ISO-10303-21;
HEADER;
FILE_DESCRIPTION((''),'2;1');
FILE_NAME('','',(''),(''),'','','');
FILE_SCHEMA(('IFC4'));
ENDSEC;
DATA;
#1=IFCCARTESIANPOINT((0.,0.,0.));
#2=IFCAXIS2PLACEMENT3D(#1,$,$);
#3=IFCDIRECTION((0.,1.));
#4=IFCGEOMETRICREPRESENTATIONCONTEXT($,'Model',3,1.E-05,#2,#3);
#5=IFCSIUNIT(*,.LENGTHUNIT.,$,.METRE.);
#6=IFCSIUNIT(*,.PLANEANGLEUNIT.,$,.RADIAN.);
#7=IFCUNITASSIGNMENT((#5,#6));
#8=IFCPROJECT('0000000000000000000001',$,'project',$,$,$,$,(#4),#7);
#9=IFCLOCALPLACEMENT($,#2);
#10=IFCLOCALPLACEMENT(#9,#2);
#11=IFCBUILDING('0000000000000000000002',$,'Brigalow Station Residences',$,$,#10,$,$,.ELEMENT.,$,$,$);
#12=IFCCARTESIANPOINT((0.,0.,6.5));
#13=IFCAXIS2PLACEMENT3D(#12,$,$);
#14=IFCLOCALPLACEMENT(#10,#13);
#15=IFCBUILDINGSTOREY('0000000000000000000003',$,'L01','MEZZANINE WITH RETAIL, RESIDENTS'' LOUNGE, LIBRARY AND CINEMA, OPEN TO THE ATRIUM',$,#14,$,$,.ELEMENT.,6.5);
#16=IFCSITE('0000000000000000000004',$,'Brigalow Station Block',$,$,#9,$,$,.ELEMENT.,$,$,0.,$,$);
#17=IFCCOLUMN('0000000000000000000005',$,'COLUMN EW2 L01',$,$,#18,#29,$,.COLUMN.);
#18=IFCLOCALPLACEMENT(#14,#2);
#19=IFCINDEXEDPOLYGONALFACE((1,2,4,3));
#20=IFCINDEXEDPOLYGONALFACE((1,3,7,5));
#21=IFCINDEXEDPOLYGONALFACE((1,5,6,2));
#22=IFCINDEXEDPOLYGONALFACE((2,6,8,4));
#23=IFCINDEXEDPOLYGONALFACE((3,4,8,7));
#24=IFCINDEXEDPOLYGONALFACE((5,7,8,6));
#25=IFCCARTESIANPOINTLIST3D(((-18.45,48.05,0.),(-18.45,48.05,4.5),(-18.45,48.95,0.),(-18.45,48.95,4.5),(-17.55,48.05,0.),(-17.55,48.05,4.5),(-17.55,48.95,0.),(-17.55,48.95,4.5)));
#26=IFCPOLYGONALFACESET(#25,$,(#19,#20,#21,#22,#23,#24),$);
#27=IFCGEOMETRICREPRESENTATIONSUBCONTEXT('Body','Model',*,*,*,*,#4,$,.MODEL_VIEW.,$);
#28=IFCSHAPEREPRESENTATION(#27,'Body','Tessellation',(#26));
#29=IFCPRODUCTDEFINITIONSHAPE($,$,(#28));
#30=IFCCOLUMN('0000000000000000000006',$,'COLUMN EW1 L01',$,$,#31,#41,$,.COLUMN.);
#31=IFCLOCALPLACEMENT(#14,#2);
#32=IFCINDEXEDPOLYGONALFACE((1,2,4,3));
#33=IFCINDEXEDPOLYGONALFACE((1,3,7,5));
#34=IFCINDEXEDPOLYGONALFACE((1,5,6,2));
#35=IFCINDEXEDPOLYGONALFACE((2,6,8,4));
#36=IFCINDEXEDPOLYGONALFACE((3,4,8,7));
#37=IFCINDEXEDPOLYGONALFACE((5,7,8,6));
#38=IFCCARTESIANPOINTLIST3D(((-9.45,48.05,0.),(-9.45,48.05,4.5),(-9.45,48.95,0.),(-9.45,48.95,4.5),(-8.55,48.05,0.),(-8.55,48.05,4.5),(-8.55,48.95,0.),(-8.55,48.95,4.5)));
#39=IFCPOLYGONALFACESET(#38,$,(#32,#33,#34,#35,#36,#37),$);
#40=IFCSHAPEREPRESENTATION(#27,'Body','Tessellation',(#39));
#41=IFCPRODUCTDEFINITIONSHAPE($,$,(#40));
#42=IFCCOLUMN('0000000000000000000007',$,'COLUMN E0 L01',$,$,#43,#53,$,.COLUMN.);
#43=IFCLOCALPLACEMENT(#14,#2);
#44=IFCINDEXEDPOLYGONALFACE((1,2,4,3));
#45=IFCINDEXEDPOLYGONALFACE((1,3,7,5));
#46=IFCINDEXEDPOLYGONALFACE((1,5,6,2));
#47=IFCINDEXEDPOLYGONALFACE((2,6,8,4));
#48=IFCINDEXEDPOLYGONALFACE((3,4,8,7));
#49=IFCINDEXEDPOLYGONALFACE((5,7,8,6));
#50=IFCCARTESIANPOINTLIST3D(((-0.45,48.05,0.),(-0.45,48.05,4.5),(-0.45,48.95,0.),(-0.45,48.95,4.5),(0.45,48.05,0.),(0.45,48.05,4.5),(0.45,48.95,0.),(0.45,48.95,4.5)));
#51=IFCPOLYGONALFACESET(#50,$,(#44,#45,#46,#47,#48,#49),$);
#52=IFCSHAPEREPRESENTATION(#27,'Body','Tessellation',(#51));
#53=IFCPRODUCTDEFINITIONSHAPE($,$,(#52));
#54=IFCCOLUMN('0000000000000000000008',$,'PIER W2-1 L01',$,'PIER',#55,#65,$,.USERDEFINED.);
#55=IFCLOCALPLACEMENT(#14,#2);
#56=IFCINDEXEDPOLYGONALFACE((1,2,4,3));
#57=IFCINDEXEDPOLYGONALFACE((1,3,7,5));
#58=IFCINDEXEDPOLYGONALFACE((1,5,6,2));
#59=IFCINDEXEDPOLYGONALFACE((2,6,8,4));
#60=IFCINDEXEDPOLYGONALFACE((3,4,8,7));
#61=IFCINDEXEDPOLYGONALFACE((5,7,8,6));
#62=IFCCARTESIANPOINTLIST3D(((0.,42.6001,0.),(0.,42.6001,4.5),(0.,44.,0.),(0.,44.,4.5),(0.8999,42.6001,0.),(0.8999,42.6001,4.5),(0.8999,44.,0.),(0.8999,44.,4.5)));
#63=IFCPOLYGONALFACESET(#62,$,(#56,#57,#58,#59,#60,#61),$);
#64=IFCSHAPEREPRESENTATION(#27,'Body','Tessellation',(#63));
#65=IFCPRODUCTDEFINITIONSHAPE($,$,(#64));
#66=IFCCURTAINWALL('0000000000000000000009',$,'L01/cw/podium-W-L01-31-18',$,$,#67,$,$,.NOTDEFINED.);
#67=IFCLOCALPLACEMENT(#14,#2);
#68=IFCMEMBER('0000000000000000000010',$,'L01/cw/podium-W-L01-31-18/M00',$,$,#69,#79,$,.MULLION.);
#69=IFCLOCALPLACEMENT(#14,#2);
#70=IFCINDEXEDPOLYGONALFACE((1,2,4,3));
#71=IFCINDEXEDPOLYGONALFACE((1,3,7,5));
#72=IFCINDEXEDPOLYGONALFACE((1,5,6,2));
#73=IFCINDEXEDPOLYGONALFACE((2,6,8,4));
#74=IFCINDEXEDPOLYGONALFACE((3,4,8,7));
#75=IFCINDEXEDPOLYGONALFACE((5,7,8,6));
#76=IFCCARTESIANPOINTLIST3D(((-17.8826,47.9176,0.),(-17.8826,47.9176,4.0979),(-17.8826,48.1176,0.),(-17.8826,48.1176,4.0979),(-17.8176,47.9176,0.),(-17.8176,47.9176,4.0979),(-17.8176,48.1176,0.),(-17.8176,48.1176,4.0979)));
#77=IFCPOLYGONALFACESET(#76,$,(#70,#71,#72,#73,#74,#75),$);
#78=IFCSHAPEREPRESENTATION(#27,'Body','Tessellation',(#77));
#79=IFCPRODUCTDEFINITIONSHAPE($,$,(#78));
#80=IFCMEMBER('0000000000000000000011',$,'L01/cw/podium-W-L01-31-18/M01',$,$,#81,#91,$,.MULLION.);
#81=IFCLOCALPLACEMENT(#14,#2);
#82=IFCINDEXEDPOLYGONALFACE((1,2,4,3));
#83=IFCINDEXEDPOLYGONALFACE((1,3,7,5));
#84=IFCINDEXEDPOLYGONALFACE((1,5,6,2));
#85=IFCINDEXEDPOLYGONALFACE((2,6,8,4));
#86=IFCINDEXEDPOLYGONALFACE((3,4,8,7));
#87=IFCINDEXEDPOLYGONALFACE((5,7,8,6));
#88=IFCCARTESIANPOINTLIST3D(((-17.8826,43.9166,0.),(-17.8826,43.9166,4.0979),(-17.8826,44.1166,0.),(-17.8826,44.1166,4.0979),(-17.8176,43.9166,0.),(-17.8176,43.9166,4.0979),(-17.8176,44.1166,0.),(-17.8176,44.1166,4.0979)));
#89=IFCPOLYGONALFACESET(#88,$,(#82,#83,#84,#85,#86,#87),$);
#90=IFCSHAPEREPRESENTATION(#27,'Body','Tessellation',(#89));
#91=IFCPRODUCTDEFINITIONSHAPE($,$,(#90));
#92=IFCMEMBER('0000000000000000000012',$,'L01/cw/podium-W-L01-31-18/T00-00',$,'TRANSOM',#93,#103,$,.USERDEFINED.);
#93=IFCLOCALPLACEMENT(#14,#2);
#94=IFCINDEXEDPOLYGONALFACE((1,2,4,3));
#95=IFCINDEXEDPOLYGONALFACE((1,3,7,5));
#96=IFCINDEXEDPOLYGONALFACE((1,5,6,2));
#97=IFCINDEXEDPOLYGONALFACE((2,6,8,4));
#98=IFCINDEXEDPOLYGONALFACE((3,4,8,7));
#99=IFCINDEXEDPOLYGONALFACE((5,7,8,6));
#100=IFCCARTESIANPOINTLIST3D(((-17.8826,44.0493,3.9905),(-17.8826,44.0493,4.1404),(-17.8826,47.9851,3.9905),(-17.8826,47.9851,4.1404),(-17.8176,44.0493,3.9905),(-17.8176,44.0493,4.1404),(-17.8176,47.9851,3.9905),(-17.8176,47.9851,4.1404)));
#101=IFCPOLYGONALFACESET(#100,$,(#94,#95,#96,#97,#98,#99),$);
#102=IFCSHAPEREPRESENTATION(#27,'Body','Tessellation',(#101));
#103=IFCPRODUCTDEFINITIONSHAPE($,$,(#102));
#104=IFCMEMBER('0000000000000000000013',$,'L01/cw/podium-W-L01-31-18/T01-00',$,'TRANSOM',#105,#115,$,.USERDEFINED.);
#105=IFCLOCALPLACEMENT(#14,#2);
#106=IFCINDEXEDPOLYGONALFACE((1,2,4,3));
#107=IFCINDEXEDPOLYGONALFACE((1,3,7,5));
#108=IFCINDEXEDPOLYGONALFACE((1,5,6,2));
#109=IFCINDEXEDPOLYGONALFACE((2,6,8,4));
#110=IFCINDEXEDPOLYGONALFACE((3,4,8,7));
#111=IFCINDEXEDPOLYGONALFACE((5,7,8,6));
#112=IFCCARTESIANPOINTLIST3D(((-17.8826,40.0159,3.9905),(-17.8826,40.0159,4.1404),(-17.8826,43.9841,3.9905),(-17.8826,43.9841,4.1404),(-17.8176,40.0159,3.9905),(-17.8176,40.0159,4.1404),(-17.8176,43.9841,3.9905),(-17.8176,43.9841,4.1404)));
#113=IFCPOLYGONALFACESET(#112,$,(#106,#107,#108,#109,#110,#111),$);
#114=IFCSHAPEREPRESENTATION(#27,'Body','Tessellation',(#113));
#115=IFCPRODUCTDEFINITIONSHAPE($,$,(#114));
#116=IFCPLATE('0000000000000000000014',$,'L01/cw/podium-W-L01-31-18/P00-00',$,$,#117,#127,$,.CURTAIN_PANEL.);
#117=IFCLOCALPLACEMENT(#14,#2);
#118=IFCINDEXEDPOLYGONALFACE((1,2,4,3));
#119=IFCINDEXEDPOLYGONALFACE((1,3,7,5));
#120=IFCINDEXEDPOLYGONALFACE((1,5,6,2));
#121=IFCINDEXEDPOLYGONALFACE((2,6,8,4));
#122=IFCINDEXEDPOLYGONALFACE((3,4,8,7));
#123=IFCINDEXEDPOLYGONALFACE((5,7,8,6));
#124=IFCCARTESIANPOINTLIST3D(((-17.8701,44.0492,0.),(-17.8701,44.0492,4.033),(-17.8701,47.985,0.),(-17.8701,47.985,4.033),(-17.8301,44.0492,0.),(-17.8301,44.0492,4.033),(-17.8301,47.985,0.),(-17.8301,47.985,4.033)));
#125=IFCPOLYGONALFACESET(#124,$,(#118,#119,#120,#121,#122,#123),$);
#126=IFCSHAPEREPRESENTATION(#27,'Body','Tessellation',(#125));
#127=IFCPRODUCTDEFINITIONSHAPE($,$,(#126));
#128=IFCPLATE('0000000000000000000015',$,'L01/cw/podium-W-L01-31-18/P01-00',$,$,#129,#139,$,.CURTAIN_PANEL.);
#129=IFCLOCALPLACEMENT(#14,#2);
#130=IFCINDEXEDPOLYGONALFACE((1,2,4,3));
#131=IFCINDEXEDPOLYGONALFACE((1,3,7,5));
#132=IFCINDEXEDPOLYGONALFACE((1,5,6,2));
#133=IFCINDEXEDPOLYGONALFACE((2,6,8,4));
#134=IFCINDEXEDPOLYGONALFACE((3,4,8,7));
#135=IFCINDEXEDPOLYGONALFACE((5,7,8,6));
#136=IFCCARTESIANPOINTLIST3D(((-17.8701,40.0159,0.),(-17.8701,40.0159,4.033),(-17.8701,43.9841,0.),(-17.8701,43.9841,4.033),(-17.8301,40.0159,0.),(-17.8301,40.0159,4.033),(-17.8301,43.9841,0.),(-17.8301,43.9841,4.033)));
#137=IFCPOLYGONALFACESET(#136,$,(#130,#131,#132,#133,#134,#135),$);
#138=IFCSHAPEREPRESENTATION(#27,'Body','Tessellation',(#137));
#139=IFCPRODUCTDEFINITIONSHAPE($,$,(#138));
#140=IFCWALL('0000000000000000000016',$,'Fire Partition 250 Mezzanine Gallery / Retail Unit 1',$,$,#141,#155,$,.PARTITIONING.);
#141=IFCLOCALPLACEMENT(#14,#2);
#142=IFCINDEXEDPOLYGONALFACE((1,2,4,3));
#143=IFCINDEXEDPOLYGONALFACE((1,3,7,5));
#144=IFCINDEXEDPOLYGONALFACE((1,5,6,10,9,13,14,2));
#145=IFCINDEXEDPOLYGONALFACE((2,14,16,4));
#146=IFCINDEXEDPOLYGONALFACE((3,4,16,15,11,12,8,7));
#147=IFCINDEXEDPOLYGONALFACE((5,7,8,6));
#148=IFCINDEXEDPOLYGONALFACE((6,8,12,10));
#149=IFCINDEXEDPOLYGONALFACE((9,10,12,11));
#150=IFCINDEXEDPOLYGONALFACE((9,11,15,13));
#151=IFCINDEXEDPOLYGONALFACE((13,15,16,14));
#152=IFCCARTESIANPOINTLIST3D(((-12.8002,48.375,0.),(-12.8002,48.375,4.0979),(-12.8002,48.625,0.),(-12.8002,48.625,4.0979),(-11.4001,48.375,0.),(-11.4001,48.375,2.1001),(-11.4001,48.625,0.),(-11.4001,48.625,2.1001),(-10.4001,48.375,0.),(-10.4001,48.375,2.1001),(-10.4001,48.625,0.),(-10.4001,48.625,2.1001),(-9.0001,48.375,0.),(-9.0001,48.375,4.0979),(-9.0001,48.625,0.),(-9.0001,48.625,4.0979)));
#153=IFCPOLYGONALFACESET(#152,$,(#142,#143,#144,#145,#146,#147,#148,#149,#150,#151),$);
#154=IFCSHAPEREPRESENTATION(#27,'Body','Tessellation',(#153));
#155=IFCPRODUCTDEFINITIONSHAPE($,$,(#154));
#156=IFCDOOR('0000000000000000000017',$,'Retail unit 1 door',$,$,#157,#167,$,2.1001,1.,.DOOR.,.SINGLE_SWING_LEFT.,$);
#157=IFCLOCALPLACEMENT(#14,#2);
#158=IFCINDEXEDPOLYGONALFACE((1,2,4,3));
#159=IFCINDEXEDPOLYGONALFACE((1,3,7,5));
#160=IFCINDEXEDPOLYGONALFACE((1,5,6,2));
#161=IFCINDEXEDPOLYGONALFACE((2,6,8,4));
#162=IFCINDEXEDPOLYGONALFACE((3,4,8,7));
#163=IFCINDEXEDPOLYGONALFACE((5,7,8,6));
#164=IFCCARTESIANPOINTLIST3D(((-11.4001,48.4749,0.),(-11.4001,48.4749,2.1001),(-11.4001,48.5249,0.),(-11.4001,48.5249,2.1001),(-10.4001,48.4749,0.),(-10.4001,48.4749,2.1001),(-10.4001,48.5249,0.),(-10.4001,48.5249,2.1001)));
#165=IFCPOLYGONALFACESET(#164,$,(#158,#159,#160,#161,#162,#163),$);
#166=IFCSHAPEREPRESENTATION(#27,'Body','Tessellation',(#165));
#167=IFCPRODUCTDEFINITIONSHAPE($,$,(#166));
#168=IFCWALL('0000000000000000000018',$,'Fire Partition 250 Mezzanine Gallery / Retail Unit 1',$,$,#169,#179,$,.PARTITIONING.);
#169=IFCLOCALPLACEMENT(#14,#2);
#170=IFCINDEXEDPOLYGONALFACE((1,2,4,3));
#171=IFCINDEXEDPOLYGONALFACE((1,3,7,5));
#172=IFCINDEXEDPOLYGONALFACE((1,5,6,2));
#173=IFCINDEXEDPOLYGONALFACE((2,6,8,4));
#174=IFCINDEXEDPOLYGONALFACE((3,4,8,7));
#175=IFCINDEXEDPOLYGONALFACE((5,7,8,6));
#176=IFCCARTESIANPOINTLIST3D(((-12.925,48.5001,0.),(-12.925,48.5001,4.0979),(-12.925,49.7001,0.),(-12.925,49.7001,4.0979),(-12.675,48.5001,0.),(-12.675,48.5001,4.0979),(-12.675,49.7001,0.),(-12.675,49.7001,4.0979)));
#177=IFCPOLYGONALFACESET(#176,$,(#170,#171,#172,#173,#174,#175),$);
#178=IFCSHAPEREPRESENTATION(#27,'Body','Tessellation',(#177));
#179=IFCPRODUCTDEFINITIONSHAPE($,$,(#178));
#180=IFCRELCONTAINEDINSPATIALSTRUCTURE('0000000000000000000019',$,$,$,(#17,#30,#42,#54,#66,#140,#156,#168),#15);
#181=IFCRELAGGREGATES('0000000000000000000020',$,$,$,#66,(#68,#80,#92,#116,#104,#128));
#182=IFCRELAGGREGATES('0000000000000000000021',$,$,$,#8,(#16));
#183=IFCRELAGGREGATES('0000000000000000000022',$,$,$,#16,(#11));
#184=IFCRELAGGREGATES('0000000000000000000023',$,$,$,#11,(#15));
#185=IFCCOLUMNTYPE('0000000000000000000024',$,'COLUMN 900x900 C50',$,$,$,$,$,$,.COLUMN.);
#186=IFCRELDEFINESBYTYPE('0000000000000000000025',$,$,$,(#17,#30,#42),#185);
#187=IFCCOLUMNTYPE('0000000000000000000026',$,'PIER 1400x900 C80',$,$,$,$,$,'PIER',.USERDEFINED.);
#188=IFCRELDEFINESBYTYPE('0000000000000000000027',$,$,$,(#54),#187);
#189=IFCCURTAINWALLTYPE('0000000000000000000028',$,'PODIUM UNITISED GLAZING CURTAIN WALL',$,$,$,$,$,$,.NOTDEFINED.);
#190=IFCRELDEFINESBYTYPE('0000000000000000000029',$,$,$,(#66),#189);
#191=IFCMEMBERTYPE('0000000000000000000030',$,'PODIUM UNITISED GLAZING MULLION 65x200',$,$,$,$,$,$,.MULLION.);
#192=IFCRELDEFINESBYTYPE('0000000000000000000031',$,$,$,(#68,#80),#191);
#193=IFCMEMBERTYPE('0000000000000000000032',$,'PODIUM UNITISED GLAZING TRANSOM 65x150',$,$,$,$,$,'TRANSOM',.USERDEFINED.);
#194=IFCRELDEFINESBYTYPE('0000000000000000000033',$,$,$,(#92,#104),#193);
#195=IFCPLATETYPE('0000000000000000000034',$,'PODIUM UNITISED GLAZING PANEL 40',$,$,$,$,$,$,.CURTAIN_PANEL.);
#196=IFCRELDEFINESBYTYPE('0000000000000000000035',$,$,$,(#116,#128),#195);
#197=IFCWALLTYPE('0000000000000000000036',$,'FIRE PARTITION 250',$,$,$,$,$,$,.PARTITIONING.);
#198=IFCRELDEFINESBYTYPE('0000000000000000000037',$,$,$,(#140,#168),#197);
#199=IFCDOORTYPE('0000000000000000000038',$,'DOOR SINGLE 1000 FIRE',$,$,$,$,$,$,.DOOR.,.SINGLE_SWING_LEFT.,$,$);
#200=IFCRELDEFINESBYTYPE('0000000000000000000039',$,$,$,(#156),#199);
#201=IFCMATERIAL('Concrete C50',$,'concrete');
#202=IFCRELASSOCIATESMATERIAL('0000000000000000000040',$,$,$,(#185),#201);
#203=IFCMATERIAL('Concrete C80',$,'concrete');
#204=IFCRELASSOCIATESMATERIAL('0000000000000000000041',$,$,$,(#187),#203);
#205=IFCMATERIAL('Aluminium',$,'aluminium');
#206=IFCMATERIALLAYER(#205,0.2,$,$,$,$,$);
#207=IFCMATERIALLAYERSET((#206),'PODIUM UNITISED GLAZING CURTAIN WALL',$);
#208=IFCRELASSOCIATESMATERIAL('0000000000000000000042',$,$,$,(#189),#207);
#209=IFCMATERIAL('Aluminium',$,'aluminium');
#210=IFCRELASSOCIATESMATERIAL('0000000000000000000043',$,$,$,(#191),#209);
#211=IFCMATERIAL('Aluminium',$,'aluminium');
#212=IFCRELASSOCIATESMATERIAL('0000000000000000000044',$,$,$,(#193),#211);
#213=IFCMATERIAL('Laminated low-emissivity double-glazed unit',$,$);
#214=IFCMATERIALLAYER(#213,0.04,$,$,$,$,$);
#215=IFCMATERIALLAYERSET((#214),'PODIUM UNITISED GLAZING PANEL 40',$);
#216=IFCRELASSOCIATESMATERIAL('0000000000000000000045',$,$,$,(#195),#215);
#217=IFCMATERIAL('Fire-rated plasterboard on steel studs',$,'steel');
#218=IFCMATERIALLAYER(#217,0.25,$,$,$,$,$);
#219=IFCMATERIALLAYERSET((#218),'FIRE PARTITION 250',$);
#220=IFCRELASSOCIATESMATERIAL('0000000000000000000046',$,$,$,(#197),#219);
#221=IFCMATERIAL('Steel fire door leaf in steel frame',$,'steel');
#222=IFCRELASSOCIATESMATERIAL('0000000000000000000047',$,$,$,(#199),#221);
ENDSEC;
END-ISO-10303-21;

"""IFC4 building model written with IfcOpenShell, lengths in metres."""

from ifc_helpers import new_model, si_unit, direction, frame, frame_2d, origin, origin_2d, place, context, subcontext, project, spatial, rectangle, extrude, material, layer, layer_set, material_profile, profile_set, type_object, element, fill, aggregate, save


model = new_model("IFC4")

# Units and contexts
model_context = context("Model", 3, precision=1e-05, world=origin(), true_north=direction((0.0, 1.0)))
body_context = subcontext(model_context, "Body", "Model", "MODEL_VIEW")
ifc_project = project(units=[si_unit("LENGTHUNIT", "METRE"), si_unit("PLANEANGLEUNIT", "RADIAN")], contexts=[model_context])

# Site, building, storey
site_placement = place(None, origin())
site = spatial("IfcSite", under=ifc_project, at=site_placement, Name="Brigalow Station Block", CompositionType="ELEMENT", RefElevation=0.0)
building_placement = place(site_placement, origin())
building = spatial("IfcBuilding", under=site, at=building_placement, Name="Brigalow Station Residences", CompositionType="ELEMENT")
storey_placement = place(building_placement, frame((0.0, 0.0, 6.5)))
storey = spatial("IfcBuildingStorey", under=building, at=storey_placement, Name="L01", Description="MEZZANINE WITH RETAIL, RESIDENTS' LOUNGE, LIBRARY AND CINEMA, OPEN TO THE ATRIUM", CompositionType="ELEMENT", Elevation=6.5)

# Columns
ifc_material_1 = material(Name="Concrete C50", Category="concrete")
ifc_material_profile_1 = material_profile(ifc_material_1, rectangle(XDim=0.8999, YDim=0.8999, at=origin_2d()), Name="RC900x900")
ifc_profile_set_1 = profile_set([ifc_material_profile_1], Name="Concrete C50")
column_type_1 = type_object("IfcColumnType", Name="COLUMN 900x900 C50", PredefinedType="COLUMN", material=ifc_profile_set_1)
for number, where, z_axis, x_axis, name in (
    (1, (-18.0, 48.5, 0.0), (0.0, 0.0, 1.0), (1.0, 0.0, 0.0), "COLUMN EW2 L01"),
    (2, (-9.0, 48.5, 0.0), (0.0, 0.0, 1.0), (1.0, 0.0, 0.0), "COLUMN EW1 L01"),
    (3, (0.0, 48.5, 0.0), (0.0, 0.0, 1.0), (1.0, 0.0, 0.0), "COLUMN E0 L01"),
):
    element("IfcColumn", number, at=place(storey_placement, frame(where, z_axis=z_axis, x_axis=x_axis)), inside=storey, type_object=column_type_1, Name=name, PredefinedType="COLUMN", context=body_context, shape_type="SweptSolid", body=[
        extrude(rectangle(XDim=0.8999, YDim=0.8999, at=origin_2d()), origin(), (0.0, 0.0, 1.0), 4.5),
    ])
ifc_material_2 = material(Name="Concrete C80", Category="concrete")
ifc_material_profile_2 = material_profile(ifc_material_2, rectangle(XDim=1.3999, YDim=0.8999, at=origin_2d()), Name="RC1400x900")
ifc_profile_set_2 = profile_set([ifc_material_profile_2], Name="Concrete C80")
column_type_2 = type_object("IfcColumnType", Name="PIER 1400x900 C80", ElementType="PIER", PredefinedType="USERDEFINED", material=ifc_profile_set_2)
column_placement = place(storey_placement, frame((0.45, 43.3, 0.0), z_axis=(0.0, 0.0, 1.0), x_axis=(0.0, -1.0, 0.0)))
element("IfcColumn", 4, at=column_placement, inside=storey, type_object=column_type_2, Name="PIER W2-1 L01", ObjectType="PIER", PredefinedType="USERDEFINED", context=body_context, shape_type="SweptSolid", body=[
    extrude(rectangle(XDim=1.3999, YDim=0.8999, at=origin_2d()), origin(), (0.0, 0.0, 1.0), 4.5),
])

# Curtain wall, members, plates
ifc_material_3 = material(Name="Aluminium", Category="aluminium")
ifc_layer_1 = layer(ifc_material_3, 0.2)
ifc_layer_set_1 = layer_set([ifc_layer_1], Name="PODIUM UNITISED GLAZING CURTAIN WALL")
curtain_wall_type = type_object("IfcCurtainWallType", Name="PODIUM UNITISED GLAZING CURTAIN WALL", PredefinedType="NOTDEFINED", material=ifc_layer_set_1)
curtain_wall_placement = place(storey_placement, origin())
curtain_wall = element("IfcCurtainWall", 5, at=curtain_wall_placement, inside=storey, type_object=curtain_wall_type, Name="L01/cw/podium-W-L01-31-18", PredefinedType="NOTDEFINED")
ifc_material_4 = material(Name="Aluminium", Category="aluminium")
ifc_material_profile_3 = material_profile(ifc_material_4, rectangle(XDim=0.0649, YDim=0.2, at=origin_2d()), Name="PODIUM UNITISED GLAZING MULLION 65x200")
ifc_profile_set_3 = profile_set([ifc_material_profile_3], Name="Aluminium")
member_type_1 = type_object("IfcMemberType", Name="PODIUM UNITISED GLAZING MULLION 65x200", PredefinedType="MULLION", material=ifc_profile_set_3)
member_1_placement = place(storey_placement, frame((-17.8501, 48.0176, 0.0), z_axis=(0.0, 0.0, 1.0), x_axis=(1.0, 0.0, 0.0)))
member_1 = element("IfcMember", 6, at=member_1_placement, type_object=member_type_1, Name="L01/cw/podium-W-L01-31-18/M00", PredefinedType="MULLION", context=body_context, shape_type="SweptSolid", body=[
    extrude(rectangle(XDim=0.0649, YDim=0.2, at=origin_2d()), origin(), (0.0, 0.0, 1.0), 4.0979),
])
member_2_placement = place(storey_placement, frame((-17.8501, 44.0166, 0.0), z_axis=(0.0, 0.0, 1.0), x_axis=(1.0, 0.0, 0.0)))
member_2 = element("IfcMember", 7, at=member_2_placement, type_object=member_type_1, Name="L01/cw/podium-W-L01-31-18/M01", PredefinedType="MULLION", context=body_context, shape_type="SweptSolid", body=[
    extrude(rectangle(XDim=0.0649, YDim=0.2, at=origin_2d()), origin(), (0.0, 0.0, 1.0), 4.0979),
])
ifc_material_5 = material(Name="Aluminium", Category="aluminium")
ifc_material_profile_4 = material_profile(ifc_material_5, rectangle(XDim=0.0649, YDim=0.1499, at=origin_2d()), Name="PODIUM UNITISED GLAZING TRANSOM 65x150")
ifc_profile_set_4 = profile_set([ifc_material_profile_4], Name="Aluminium")
member_type_2 = type_object("IfcMemberType", Name="PODIUM UNITISED GLAZING TRANSOM 65x150", ElementType="TRANSOM", PredefinedType="USERDEFINED", material=ifc_profile_set_4)
member_3_placement = place(storey_placement, frame((-17.8501, 47.9851, 4.0654), z_axis=(0.0, -1.0, 0.0), x_axis=(1.0, 0.0, 0.0)))
member_3 = element("IfcMember", 8, at=member_3_placement, type_object=member_type_2, Name="L01/cw/podium-W-L01-31-18/T00-00", ObjectType="TRANSOM", PredefinedType="USERDEFINED", context=body_context, shape_type="SweptSolid", body=[
    extrude(rectangle(XDim=0.0649, YDim=0.1499, at=origin_2d()), origin(), (0.0, 0.0, 1.0), 3.9358),
])
member_4_placement = place(storey_placement, frame((-17.8501, 43.9841, 4.0654), z_axis=(0.0, -1.0, 0.0), x_axis=(1.0, 0.0, 0.0)))
member_4 = element("IfcMember", 9, at=member_4_placement, type_object=member_type_2, Name="L01/cw/podium-W-L01-31-18/T01-00", ObjectType="TRANSOM", PredefinedType="USERDEFINED", context=body_context, shape_type="SweptSolid", body=[
    extrude(rectangle(XDim=0.0649, YDim=0.1499, at=origin_2d()), origin(), (0.0, 0.0, 1.0), 3.9683),
])
ifc_material_6 = material(Name="Laminated low-emissivity double-glazed unit")
ifc_layer_2 = layer(ifc_material_6, 0.04)
ifc_layer_set_2 = layer_set([ifc_layer_2], Name="PODIUM UNITISED GLAZING PANEL 40")
plate_type = type_object("IfcPlateType", Name="PODIUM UNITISED GLAZING PANEL 40", PredefinedType="CURTAIN_PANEL", material=ifc_layer_set_2)
plate_1_placement = place(storey_placement, frame((-17.8501, 46.0171, 0.0), z_axis=(0.0, 0.0, 1.0), x_axis=(0.0, -1.0, 0.0)))
plate_1 = element("IfcPlate", 10, at=plate_1_placement, type_object=plate_type, Name="L01/cw/podium-W-L01-31-18/P00-00", PredefinedType="CURTAIN_PANEL", context=body_context, shape_type="SweptSolid", body=[
    extrude(rectangle(XDim=3.9358, YDim=0.04, at=origin_2d()), origin(), (0.0, 0.0, 1.0), 4.033),
])
plate_2_placement = place(storey_placement, frame((-17.8501, 42.0, 0.0), z_axis=(0.0, 0.0, 1.0), x_axis=(0.0, -1.0, 0.0)))
plate_2 = element("IfcPlate", 11, at=plate_2_placement, type_object=plate_type, Name="L01/cw/podium-W-L01-31-18/P01-00", PredefinedType="CURTAIN_PANEL", context=body_context, shape_type="SweptSolid", body=[
    extrude(rectangle(XDim=3.9683, YDim=0.04, at=origin_2d()), origin(), (0.0, 0.0, 1.0), 4.033),
])
aggregate(curtain_wall, [member_1, member_2, member_3, plate_1, member_4, plate_2])

# Wall, opening, door
ifc_material_7 = material(Name="Fire-rated plasterboard on steel studs", Category="steel")
ifc_layer_3 = layer(ifc_material_7, 0.25)
ifc_layer_set_3 = layer_set([ifc_layer_3], Name="FIRE PARTITION 250")
wall_type_1 = type_object("IfcWallType", Name="FIRE PARTITION 250", PredefinedType="PARTITIONING", material=ifc_layer_set_3)
wall_1_placement = place(storey_placement, frame((-12.8, 48.5, 0.0), z_axis=(0.0, 0.0, 1.0), x_axis=(1.0, 0.0, 0.0)))
wall_1 = element("IfcWall", 12, at=wall_1_placement, inside=storey, type_object=wall_type_1, Name="Fire Partition 250 Mezzanine Gallery / Retail Unit 1", PredefinedType="PARTITIONING", context=body_context, shape_type="SweptSolid", body=[
    extrude(rectangle(XDim=3.8, YDim=0.25, at=frame_2d((1.8999, 0.0))), origin(), (0.0, 0.0, 1.0), 4.0979),
])
opening_1_placement = place(wall_1_placement, frame((1.3999, 0.0, 0.0)))
opening_1 = element("IfcOpeningElement", 13, at=opening_1_placement, cuts=wall_1, PredefinedType="OPENING", context=body_context, shape_type="SweptSolid", body=[
    extrude(rectangle(XDim=1.0, YDim=2.1001, at=frame_2d((0.5, 1.05))), frame((0.0, 0.135, 0.0), z_axis=(0.0, -1.0, 0.0), x_axis=(1.0, 0.0, 0.0)), (0.0, 0.0, 1.0), 0.27),
])
ifc_material_8 = material(Name="Steel fire door leaf in steel frame", Category="steel")
door_type = type_object("IfcDoorType", Name="DOOR SINGLE 1000 FIRE", OperationType="SINGLE_SWING_LEFT", PredefinedType="DOOR", material=ifc_material_8)
door_1_placement = place(opening_1_placement, origin())
door_1 = element("IfcDoor", 14, at=door_1_placement, inside=storey, type_object=door_type, Name="Retail unit 1 door", OperationType="SINGLE_SWING_LEFT", OverallHeight=2.1001, OverallWidth=1.0, PredefinedType="DOOR", context=body_context, shape_type="SweptSolid", body=[
    extrude(rectangle(XDim=1.0, YDim=2.1001, at=frame_2d((0.5, 1.05))), frame((0.0, 0.0249, 0.0), z_axis=(0.0, -1.0, 0.0), x_axis=(1.0, 0.0, 0.0)), (0.0, 0.0, 1.0), 0.05),
])
fill(opening_1, door_1)

# Wall
wall_2_placement = place(storey_placement, frame((-12.8, 48.5, 0.0), z_axis=(0.0, 0.0, 1.0), x_axis=(0.0, 1.0, 0.0)))
element("IfcWall", 15, at=wall_2_placement, inside=storey, type_object=wall_type_1, Name="Fire Partition 250 Mezzanine Gallery / Retail Unit 1", PredefinedType="PARTITIONING", context=body_context, shape_type="SweptSolid", body=[
    extrude(rectangle(XDim=1.2, YDim=0.25, at=frame_2d((0.6001, 0.0))), origin(), (0.0, 0.0, 1.0), 4.0979),
])

save(model, "model.ifc")
